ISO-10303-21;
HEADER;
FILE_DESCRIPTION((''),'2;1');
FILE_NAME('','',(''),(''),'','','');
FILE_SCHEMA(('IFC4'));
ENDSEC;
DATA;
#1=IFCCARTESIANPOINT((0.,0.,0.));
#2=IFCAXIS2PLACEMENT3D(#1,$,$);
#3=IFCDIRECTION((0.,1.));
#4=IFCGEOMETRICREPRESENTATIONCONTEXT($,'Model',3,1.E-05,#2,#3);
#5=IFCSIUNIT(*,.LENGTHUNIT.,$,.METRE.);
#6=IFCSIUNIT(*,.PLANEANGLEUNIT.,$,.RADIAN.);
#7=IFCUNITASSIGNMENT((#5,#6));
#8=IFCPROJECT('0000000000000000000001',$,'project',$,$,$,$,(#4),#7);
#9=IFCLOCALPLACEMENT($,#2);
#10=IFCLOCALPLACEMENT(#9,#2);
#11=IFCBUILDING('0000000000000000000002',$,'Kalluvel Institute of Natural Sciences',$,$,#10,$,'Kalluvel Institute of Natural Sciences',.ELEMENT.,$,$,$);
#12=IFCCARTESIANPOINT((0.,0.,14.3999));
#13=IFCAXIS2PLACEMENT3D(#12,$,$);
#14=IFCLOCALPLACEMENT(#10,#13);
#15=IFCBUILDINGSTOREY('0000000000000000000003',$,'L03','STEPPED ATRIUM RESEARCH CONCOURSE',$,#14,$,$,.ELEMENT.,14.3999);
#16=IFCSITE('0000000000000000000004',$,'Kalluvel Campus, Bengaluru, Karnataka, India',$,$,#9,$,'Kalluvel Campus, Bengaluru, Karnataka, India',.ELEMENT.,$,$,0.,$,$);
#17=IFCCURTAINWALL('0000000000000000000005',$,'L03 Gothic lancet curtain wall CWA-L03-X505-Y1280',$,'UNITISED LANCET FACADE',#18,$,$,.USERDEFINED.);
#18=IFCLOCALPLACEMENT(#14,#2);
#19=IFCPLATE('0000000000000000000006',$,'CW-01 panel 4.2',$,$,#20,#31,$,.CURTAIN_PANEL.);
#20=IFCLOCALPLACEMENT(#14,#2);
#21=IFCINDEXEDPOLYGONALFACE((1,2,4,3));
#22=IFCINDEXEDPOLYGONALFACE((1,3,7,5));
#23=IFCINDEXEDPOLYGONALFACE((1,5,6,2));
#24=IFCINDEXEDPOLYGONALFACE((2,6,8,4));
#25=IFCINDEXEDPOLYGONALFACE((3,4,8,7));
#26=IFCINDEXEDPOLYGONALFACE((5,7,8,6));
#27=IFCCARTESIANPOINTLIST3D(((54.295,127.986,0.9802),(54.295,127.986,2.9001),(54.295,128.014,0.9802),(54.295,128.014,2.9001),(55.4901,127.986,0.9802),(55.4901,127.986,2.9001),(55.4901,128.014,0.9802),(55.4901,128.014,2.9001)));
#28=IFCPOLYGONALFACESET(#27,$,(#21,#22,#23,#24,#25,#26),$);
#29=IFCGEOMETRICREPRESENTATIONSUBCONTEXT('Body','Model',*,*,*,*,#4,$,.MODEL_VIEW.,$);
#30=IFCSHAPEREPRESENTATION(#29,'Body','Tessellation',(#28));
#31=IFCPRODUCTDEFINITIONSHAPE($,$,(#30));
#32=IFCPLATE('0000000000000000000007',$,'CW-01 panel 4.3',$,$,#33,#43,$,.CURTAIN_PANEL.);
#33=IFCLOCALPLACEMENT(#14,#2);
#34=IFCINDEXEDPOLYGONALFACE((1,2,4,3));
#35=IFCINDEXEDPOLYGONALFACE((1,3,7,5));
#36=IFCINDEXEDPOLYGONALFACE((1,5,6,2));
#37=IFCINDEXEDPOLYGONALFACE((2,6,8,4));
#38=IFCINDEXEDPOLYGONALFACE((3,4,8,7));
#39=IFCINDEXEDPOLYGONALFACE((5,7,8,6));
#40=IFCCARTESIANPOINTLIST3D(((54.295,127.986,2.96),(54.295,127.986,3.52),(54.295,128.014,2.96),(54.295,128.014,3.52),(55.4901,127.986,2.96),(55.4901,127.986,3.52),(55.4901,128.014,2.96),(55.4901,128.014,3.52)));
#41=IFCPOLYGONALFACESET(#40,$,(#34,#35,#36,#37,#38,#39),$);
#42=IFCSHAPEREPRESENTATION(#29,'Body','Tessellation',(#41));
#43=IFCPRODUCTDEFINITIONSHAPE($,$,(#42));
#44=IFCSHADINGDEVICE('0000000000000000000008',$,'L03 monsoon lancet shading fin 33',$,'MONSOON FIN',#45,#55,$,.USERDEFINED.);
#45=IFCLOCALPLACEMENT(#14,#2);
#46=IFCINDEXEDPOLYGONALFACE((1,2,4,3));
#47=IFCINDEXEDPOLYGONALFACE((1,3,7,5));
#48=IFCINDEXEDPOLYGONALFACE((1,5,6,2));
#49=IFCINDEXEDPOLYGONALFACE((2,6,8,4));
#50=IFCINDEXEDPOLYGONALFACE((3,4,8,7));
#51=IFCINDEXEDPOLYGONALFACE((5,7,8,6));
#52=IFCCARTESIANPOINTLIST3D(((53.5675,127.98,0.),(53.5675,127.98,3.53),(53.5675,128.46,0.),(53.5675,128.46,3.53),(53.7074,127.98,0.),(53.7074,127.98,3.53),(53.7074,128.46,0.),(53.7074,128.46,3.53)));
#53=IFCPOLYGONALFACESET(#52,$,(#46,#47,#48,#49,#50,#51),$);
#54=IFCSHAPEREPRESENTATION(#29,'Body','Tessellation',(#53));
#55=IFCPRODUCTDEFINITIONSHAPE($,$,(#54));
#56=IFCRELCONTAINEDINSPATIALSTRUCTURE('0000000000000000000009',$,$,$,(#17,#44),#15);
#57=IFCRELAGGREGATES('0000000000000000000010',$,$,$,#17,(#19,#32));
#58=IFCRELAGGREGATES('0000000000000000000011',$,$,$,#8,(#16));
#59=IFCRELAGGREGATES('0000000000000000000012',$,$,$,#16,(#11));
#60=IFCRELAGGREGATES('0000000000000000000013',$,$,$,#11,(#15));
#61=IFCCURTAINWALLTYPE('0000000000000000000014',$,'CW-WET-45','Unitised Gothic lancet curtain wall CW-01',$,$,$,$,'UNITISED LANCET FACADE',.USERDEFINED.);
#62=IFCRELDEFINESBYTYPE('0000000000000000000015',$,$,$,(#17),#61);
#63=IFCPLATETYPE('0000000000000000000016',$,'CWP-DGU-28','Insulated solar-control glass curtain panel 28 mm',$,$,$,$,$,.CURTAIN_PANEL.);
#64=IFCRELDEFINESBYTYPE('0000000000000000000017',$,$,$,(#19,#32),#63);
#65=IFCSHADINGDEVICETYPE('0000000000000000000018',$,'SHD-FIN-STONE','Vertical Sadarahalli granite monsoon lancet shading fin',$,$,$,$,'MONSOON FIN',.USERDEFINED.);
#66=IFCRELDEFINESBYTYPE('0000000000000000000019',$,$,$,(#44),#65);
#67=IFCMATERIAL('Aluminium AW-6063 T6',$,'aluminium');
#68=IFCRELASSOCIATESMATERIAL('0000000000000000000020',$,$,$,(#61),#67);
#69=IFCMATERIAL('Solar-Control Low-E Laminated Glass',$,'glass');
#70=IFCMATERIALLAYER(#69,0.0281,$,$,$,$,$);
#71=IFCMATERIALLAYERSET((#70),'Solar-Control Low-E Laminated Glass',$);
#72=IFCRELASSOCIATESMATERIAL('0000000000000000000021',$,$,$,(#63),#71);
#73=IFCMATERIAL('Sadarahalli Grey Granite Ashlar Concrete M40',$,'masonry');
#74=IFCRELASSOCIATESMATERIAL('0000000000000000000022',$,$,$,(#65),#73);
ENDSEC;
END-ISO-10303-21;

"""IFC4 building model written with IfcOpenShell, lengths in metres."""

from ifc_helpers import new_model, si_unit, direction, frame, origin, origin_2d, place, context, subcontext, project, spatial, rectangle, extrude, material, layer, layer_set, type_object, element, aggregate, save


model = new_model("IFC4")

# Units and contexts
model_context = context("Model", 3, precision=1e-05, world=origin(), true_north=direction((0.0, 1.0)))
body_context = subcontext(model_context, "Body", "Model", "MODEL_VIEW")
ifc_project = project(units=[si_unit("LENGTHUNIT", "METRE"), si_unit("PLANEANGLEUNIT", "RADIAN")], contexts=[model_context])

# Site, building, storey
site_placement = place(None, origin())
site = spatial("IfcSite", under=ifc_project, at=site_placement, Name="Kalluvel Campus, Bengaluru, Karnataka, India", LongName="Kalluvel Campus, Bengaluru, Karnataka, India", CompositionType="ELEMENT", RefElevation=0.0)
building_placement = place(site_placement, origin())
building = spatial("IfcBuilding", under=site, at=building_placement, Name="Kalluvel Institute of Natural Sciences", LongName="Kalluvel Institute of Natural Sciences", CompositionType="ELEMENT")
storey_placement = place(building_placement, frame((0.0, 0.0, 14.3999)))
storey = spatial("IfcBuildingStorey", under=building, at=storey_placement, Name="L03", Description="STEPPED ATRIUM RESEARCH CONCOURSE", CompositionType="ELEMENT", Elevation=14.3999)

# Curtain wall, plates
ifc_material_1 = material(Name="Aluminium AW-6063 T6", Category="aluminium")
curtain_wall_type = type_object("IfcCurtainWallType", Name="CW-WET-45", Description="Unitised Gothic lancet curtain wall CW-01", ElementType="UNITISED LANCET FACADE", PredefinedType="USERDEFINED", material=ifc_material_1)
curtain_wall_placement = place(storey_placement, origin())
curtain_wall = element("IfcCurtainWall", 1, at=curtain_wall_placement, inside=storey, type_object=curtain_wall_type, Name="L03 Gothic lancet curtain wall CWA-L03-X505-Y1280", ObjectType="UNITISED LANCET FACADE", PredefinedType="USERDEFINED")
ifc_material_2 = material(Name="Solar-Control Low-E Laminated Glass", Category="glass")
ifc_layer = layer(ifc_material_2, 0.0281)
ifc_layer_set = layer_set([ifc_layer], Name="Solar-Control Low-E Laminated Glass")
plate_type = type_object("IfcPlateType", Name="CWP-DGU-28", Description="Insulated solar-control glass curtain panel 28 mm", PredefinedType="CURTAIN_PANEL", material=ifc_layer_set)
plate_1_placement = place(storey_placement, frame((54.8926, 128.0, 0.9802), z_axis=(0.0, 0.0, 1.0), x_axis=(1.0, 0.0, 0.0)))
plate_1 = element("IfcPlate", 2, at=plate_1_placement, type_object=plate_type, Name="CW-01 panel 4.2", PredefinedType="CURTAIN_PANEL", context=body_context, shape_type="SweptSolid", body=[
    extrude(rectangle(XDim=1.1951, YDim=0.0281, at=origin_2d()), origin(), (0.0, 0.0, 1.0), 1.9199),
])
plate_2_placement = place(storey_placement, frame((54.8926, 128.0, 2.96), z_axis=(0.0, 0.0, 1.0), x_axis=(1.0, 0.0, 0.0)))
plate_2 = element("IfcPlate", 3, at=plate_2_placement, type_object=plate_type, Name="CW-01 panel 4.3", PredefinedType="CURTAIN_PANEL", context=body_context, shape_type="SweptSolid", body=[
    extrude(rectangle(XDim=1.1951, YDim=0.0281, at=origin_2d()), origin(), (0.0, 0.0, 1.0), 0.5601),
])
aggregate(curtain_wall, [plate_1, plate_2])

# Shading device
ifc_material_3 = material(Name="Sadarahalli Grey Granite Ashlar Concrete M40", Category="masonry")
shading_device_type = type_object("IfcShadingDeviceType", Name="SHD-FIN-STONE", Description="Vertical Sadarahalli granite monsoon lancet shading fin", ElementType="MONSOON FIN", PredefinedType="USERDEFINED", material=ifc_material_3)
shading_device_placement = place(storey_placement, frame((53.6375, 128.22, 0.0), z_axis=(0.0, 0.0, 1.0), x_axis=(1.0, 0.0, 0.0)))
element("IfcShadingDevice", 4, at=shading_device_placement, inside=storey, type_object=shading_device_type, Name="L03 monsoon lancet shading fin 33", ObjectType="MONSOON FIN", PredefinedType="USERDEFINED", context=body_context, shape_type="SweptSolid", body=[
    extrude(rectangle(XDim=0.1399, YDim=0.48, at=origin_2d()), origin(), (0.0, 0.0, 1.0), 3.53),
])

save(model, "model.ifc")
